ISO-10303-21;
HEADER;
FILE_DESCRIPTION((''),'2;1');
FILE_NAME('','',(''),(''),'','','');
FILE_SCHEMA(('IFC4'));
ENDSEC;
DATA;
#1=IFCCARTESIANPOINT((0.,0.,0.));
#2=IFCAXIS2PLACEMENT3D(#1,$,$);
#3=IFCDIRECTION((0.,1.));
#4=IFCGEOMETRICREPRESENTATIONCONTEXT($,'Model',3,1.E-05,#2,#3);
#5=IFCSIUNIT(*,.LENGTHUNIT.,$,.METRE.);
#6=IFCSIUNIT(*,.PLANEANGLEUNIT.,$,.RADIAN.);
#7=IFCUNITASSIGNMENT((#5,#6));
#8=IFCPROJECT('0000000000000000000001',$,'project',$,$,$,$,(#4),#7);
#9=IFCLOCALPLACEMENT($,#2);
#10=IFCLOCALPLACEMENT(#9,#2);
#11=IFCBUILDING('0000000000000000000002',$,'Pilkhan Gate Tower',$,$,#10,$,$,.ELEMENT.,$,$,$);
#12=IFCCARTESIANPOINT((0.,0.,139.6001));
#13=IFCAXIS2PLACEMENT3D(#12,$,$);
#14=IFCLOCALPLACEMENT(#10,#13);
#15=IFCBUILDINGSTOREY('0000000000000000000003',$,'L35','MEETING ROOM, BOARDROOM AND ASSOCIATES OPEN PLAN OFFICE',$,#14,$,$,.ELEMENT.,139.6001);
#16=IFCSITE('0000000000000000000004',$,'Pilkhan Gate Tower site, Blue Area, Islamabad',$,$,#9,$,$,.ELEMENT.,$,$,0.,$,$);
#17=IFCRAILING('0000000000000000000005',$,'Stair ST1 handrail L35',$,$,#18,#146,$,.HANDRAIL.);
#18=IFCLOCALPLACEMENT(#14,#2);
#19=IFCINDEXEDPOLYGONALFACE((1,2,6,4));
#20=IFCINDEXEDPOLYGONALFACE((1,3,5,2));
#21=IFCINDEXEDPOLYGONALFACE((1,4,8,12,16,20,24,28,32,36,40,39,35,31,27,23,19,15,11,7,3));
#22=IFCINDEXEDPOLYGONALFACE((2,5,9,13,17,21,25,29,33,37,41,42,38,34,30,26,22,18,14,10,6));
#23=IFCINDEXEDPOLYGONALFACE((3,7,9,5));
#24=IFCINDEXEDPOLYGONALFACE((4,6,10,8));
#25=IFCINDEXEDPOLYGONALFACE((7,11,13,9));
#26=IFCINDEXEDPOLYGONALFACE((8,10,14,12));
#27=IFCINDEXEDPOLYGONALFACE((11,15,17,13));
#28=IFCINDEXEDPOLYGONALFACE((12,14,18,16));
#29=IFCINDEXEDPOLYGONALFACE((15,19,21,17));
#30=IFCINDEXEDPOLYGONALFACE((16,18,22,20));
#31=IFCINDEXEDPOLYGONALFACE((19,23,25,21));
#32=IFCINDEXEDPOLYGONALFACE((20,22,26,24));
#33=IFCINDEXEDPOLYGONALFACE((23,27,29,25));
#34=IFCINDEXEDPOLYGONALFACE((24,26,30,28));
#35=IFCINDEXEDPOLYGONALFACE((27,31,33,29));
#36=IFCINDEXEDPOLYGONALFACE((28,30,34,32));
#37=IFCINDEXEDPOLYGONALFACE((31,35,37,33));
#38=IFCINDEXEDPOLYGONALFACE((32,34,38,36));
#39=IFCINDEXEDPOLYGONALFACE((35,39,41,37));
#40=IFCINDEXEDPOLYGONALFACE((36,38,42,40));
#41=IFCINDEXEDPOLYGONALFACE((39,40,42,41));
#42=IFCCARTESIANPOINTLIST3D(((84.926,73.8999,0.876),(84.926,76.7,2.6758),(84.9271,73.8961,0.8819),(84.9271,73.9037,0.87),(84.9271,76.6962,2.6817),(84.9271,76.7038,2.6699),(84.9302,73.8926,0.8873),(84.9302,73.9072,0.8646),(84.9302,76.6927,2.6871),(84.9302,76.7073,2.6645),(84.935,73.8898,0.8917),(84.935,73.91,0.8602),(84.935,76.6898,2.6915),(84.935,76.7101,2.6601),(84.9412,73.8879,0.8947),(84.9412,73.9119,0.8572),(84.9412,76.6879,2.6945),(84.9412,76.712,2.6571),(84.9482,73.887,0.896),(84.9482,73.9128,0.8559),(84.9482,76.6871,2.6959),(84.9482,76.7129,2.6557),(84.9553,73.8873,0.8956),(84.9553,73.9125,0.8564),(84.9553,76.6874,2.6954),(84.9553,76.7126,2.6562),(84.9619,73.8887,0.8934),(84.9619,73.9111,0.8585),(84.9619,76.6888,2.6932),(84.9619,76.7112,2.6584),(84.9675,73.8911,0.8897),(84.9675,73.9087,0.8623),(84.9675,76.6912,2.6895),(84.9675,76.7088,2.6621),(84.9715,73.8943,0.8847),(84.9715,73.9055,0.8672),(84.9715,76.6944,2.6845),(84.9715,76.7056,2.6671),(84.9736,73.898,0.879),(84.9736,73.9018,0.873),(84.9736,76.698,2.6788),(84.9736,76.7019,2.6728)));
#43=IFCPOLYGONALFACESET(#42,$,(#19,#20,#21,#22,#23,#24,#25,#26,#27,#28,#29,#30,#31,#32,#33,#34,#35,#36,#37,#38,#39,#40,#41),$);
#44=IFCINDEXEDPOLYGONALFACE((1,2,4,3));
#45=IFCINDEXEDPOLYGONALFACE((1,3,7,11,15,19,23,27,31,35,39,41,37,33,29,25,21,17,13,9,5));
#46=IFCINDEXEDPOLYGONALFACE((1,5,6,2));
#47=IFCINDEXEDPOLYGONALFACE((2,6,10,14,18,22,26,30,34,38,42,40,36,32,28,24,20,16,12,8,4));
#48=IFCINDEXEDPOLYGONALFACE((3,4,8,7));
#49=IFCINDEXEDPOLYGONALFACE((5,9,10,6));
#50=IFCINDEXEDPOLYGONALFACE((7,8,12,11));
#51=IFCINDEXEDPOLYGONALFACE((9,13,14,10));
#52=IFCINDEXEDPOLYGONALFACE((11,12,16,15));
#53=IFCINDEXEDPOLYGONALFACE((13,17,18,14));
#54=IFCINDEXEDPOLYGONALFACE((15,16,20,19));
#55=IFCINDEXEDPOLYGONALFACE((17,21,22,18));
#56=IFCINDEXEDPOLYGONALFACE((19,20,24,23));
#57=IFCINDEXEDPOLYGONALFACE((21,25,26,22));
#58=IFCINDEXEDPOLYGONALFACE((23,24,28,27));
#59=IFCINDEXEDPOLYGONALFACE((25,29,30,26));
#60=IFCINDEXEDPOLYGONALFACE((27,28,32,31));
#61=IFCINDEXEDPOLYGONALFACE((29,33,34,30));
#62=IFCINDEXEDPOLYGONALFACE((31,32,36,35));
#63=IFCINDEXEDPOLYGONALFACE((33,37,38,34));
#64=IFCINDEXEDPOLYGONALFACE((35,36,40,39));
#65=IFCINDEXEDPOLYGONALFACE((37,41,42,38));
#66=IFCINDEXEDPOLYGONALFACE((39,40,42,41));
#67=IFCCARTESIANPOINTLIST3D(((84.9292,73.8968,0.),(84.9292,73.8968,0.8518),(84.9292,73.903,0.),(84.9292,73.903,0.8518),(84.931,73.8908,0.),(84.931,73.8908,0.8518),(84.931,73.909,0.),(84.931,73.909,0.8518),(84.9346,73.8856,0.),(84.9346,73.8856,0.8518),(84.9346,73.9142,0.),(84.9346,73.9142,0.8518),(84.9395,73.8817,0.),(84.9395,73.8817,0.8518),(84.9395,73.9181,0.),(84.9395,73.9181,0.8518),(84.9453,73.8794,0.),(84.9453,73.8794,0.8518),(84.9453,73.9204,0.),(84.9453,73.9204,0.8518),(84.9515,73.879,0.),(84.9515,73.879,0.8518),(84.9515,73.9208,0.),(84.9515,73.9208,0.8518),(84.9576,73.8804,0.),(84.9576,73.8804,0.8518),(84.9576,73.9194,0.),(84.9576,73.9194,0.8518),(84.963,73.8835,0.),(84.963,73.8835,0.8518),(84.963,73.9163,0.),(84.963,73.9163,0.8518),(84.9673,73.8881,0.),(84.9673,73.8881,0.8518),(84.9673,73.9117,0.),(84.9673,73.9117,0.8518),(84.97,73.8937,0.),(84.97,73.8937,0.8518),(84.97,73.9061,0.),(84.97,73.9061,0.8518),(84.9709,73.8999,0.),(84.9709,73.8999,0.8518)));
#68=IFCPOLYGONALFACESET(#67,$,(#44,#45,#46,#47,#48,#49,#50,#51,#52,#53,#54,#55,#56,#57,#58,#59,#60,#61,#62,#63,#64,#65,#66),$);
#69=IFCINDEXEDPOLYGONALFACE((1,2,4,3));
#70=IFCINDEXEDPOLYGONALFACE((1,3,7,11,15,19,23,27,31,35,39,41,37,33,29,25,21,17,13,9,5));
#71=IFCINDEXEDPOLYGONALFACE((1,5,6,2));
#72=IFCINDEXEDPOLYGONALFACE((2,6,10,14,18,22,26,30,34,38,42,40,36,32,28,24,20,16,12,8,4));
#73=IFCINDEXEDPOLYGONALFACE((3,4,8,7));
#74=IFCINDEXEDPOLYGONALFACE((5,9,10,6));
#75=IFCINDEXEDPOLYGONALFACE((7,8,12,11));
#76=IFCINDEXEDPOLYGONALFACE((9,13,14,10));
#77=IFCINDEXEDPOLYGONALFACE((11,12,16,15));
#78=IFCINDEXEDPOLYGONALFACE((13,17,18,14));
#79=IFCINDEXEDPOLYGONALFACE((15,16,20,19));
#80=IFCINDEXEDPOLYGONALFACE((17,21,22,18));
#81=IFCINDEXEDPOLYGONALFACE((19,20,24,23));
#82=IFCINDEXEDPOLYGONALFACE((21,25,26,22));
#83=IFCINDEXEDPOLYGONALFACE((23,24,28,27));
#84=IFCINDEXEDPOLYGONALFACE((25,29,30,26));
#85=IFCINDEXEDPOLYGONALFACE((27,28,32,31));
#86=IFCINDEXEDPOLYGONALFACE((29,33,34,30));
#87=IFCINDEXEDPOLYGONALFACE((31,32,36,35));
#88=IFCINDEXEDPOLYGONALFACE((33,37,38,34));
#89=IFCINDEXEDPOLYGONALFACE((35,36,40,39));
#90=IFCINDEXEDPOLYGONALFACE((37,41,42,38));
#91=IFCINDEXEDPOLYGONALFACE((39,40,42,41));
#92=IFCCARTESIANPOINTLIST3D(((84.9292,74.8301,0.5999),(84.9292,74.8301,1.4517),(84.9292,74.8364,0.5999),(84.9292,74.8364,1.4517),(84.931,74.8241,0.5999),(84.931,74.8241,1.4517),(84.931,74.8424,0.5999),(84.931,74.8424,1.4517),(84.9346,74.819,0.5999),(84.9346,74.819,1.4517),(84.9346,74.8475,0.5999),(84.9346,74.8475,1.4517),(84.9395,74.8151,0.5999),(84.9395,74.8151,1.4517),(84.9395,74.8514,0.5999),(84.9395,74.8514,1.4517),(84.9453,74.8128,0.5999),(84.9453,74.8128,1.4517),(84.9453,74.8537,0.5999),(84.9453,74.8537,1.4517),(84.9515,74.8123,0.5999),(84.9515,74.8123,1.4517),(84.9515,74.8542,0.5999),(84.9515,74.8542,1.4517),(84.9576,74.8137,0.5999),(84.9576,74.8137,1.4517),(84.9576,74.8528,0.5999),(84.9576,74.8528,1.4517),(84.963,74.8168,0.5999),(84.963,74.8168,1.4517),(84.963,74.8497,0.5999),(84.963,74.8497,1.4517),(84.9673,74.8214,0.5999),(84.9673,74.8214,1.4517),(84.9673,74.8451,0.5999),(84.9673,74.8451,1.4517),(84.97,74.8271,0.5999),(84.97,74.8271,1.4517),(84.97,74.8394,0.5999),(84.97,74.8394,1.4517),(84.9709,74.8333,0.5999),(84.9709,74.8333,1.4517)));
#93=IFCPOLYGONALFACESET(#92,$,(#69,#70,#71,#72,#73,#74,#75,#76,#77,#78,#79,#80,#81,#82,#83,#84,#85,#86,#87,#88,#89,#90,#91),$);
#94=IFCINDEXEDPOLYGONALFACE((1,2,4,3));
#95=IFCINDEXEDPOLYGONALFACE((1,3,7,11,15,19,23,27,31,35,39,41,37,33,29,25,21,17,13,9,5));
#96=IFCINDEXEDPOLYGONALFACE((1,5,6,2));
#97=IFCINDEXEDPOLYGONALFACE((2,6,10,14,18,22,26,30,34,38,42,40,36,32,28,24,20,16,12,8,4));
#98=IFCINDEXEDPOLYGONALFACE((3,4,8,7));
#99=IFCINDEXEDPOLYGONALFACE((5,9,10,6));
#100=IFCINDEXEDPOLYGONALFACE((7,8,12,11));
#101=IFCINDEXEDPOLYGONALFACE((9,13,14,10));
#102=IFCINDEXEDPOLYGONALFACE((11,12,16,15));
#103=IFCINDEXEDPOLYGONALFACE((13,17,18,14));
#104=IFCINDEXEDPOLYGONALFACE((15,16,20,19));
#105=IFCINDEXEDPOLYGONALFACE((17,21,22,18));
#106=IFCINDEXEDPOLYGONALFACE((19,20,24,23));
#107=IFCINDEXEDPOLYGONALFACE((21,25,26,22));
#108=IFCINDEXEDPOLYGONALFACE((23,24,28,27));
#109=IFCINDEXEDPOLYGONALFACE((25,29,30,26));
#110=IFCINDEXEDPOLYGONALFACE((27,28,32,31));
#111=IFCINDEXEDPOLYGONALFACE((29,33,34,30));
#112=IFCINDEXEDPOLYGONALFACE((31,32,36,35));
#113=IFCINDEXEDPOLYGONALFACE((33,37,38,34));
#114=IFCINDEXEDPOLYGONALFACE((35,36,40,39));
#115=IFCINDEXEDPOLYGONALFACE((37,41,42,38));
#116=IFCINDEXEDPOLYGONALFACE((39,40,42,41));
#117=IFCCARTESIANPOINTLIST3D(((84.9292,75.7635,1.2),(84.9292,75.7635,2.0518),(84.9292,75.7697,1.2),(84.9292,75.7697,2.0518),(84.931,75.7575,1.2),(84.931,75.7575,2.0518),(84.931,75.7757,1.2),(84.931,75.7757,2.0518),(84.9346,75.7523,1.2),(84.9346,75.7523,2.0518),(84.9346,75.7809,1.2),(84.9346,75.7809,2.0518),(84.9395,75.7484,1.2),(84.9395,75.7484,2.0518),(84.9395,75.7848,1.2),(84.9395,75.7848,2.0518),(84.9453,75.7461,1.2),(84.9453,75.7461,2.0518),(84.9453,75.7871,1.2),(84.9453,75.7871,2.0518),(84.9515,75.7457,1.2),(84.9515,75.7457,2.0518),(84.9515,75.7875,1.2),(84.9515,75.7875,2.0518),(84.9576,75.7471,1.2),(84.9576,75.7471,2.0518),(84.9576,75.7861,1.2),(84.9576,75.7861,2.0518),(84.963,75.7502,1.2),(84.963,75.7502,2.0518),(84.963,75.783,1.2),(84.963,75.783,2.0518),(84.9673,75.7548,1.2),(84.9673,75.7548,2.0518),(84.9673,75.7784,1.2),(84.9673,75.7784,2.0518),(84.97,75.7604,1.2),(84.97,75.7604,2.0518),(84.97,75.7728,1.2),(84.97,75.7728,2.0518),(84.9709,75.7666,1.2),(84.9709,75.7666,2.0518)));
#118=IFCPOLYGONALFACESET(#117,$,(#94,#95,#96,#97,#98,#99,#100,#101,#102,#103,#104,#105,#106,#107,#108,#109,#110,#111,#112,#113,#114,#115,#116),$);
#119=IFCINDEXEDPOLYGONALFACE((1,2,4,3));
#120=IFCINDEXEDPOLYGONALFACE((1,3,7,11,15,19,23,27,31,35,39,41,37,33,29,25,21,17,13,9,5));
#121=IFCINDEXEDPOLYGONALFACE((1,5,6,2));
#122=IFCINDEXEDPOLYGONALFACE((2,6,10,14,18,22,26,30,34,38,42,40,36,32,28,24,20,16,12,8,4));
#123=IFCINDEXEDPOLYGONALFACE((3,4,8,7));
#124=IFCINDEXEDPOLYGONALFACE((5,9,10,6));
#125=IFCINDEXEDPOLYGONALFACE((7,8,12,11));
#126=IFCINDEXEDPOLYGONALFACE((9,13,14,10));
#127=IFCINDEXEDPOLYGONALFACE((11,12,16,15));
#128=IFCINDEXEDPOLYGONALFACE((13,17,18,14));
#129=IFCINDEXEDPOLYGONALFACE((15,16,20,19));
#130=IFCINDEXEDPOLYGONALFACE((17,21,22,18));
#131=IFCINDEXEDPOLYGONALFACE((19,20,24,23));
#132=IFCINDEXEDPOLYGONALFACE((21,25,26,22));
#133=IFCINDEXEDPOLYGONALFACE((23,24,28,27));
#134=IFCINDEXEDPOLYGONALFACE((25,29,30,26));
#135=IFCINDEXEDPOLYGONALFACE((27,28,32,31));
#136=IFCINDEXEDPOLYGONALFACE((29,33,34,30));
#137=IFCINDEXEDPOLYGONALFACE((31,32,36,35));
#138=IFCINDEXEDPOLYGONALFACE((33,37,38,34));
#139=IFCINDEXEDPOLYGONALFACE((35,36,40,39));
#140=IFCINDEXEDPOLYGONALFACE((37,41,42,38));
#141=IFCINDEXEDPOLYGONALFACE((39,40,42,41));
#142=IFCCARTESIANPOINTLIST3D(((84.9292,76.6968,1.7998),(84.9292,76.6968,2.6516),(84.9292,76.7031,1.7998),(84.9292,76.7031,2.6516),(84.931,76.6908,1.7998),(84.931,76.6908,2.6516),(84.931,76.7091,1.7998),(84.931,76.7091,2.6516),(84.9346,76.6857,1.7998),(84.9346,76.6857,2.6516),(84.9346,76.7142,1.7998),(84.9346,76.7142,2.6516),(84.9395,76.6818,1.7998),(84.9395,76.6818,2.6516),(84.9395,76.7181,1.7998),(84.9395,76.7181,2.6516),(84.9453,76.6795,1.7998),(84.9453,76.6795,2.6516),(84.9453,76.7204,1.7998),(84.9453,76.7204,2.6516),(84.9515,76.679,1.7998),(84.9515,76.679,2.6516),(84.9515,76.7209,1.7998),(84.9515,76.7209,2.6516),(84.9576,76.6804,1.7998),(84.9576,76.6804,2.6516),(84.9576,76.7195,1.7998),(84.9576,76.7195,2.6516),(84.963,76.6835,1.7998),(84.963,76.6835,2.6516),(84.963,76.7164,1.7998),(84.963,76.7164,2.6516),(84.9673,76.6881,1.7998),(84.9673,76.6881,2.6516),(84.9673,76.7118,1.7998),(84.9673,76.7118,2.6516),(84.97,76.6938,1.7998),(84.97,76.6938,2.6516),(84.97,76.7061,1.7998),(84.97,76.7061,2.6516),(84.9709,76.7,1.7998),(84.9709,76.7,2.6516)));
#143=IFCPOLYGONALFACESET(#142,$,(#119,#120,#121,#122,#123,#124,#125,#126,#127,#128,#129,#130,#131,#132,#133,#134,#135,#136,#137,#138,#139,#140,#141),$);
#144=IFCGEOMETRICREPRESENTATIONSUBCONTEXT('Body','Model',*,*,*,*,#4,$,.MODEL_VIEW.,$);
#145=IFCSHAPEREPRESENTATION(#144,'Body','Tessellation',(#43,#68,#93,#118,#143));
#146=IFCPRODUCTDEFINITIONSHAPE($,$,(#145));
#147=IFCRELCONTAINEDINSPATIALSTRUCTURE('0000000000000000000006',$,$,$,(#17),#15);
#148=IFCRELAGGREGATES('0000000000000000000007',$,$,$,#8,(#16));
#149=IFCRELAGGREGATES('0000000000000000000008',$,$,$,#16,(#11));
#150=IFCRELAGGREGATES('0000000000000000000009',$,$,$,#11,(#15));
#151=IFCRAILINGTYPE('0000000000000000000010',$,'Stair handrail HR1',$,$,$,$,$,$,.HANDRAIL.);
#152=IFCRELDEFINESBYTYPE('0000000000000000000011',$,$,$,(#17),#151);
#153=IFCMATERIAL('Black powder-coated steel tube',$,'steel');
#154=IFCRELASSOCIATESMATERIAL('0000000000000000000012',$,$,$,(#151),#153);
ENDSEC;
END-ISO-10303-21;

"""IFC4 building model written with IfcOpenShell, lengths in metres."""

from ifc_helpers import new_model, si_unit, direction, frame, origin, origin_2d, place, context, subcontext, project, spatial, circle, extrude, material, type_object, element, save


model = new_model("IFC4")

# Units and contexts
model_context = context("Model", 3, precision=1e-05, world=origin(), true_north=direction((0.0, 1.0)))
body_context = subcontext(model_context, "Body", "Model", "MODEL_VIEW")
ifc_project = project(units=[si_unit("LENGTHUNIT", "METRE"), si_unit("PLANEANGLEUNIT", "RADIAN")], contexts=[model_context])

# Site, building, storey
site_placement = place(None, origin())
site = spatial("IfcSite", under=ifc_project, at=site_placement, Name="Pilkhan Gate Tower site, Blue Area, Islamabad", CompositionType="ELEMENT", RefElevation=0.0)
building_placement = place(site_placement, origin())
building = spatial("IfcBuilding", under=site, at=building_placement, Name="Pilkhan Gate Tower", CompositionType="ELEMENT")
storey_placement = place(building_placement, frame((0.0, 0.0, 139.6001)))
storey = spatial("IfcBuildingStorey", under=building, at=storey_placement, Name="L35", Description="MEETING ROOM, BOARDROOM AND ASSOCIATES OPEN PLAN OFFICE", CompositionType="ELEMENT", Elevation=139.6001)

# Railing
ifc_material_1 = material(Name="Black powder-coated steel tube", Category="steel")
railing_type_1 = type_object("IfcRailingType", Name="Stair handrail HR1", PredefinedType="HANDRAIL", material=ifc_material_1)
railing_1_placement = place(storey_placement, frame((84.95, 73.8999, 0.0)))
element("IfcRailing", 1, at=railing_1_placement, inside=storey, type_object=railing_type_1, Name="Stair ST1 handrail L35", PredefinedType="HANDRAIL", context=body_context, shape_type="SweptSolid", body=[
    extrude(circle(Radius=0.0239, at=origin_2d()), frame((0.0, 0.0, 0.876), z_axis=(0.0, 0.841209, 0.540709), x_axis=(-1.0, 0.0, 0.0)), (0.0, 0.0, 1.0), 3.3286),
    extrude(circle(Radius=0.021, at=origin_2d()), origin(), (0.0, 0.0, 1.0), 0.8518),
    extrude(circle(Radius=0.021, at=origin_2d()), frame((0.0, 0.9333, 0.5999)), (0.0, 0.0, 1.0), 0.8518),
    extrude(circle(Radius=0.021, at=origin_2d()), frame((0.0, 1.8667, 1.2)), (0.0, 0.0, 1.0), 0.8518),
    extrude(circle(Radius=0.021, at=origin_2d()), frame((0.0, 2.8, 1.7998)), (0.0, 0.0, 1.0), 0.8518),
])

save(model, "model.ifc")
